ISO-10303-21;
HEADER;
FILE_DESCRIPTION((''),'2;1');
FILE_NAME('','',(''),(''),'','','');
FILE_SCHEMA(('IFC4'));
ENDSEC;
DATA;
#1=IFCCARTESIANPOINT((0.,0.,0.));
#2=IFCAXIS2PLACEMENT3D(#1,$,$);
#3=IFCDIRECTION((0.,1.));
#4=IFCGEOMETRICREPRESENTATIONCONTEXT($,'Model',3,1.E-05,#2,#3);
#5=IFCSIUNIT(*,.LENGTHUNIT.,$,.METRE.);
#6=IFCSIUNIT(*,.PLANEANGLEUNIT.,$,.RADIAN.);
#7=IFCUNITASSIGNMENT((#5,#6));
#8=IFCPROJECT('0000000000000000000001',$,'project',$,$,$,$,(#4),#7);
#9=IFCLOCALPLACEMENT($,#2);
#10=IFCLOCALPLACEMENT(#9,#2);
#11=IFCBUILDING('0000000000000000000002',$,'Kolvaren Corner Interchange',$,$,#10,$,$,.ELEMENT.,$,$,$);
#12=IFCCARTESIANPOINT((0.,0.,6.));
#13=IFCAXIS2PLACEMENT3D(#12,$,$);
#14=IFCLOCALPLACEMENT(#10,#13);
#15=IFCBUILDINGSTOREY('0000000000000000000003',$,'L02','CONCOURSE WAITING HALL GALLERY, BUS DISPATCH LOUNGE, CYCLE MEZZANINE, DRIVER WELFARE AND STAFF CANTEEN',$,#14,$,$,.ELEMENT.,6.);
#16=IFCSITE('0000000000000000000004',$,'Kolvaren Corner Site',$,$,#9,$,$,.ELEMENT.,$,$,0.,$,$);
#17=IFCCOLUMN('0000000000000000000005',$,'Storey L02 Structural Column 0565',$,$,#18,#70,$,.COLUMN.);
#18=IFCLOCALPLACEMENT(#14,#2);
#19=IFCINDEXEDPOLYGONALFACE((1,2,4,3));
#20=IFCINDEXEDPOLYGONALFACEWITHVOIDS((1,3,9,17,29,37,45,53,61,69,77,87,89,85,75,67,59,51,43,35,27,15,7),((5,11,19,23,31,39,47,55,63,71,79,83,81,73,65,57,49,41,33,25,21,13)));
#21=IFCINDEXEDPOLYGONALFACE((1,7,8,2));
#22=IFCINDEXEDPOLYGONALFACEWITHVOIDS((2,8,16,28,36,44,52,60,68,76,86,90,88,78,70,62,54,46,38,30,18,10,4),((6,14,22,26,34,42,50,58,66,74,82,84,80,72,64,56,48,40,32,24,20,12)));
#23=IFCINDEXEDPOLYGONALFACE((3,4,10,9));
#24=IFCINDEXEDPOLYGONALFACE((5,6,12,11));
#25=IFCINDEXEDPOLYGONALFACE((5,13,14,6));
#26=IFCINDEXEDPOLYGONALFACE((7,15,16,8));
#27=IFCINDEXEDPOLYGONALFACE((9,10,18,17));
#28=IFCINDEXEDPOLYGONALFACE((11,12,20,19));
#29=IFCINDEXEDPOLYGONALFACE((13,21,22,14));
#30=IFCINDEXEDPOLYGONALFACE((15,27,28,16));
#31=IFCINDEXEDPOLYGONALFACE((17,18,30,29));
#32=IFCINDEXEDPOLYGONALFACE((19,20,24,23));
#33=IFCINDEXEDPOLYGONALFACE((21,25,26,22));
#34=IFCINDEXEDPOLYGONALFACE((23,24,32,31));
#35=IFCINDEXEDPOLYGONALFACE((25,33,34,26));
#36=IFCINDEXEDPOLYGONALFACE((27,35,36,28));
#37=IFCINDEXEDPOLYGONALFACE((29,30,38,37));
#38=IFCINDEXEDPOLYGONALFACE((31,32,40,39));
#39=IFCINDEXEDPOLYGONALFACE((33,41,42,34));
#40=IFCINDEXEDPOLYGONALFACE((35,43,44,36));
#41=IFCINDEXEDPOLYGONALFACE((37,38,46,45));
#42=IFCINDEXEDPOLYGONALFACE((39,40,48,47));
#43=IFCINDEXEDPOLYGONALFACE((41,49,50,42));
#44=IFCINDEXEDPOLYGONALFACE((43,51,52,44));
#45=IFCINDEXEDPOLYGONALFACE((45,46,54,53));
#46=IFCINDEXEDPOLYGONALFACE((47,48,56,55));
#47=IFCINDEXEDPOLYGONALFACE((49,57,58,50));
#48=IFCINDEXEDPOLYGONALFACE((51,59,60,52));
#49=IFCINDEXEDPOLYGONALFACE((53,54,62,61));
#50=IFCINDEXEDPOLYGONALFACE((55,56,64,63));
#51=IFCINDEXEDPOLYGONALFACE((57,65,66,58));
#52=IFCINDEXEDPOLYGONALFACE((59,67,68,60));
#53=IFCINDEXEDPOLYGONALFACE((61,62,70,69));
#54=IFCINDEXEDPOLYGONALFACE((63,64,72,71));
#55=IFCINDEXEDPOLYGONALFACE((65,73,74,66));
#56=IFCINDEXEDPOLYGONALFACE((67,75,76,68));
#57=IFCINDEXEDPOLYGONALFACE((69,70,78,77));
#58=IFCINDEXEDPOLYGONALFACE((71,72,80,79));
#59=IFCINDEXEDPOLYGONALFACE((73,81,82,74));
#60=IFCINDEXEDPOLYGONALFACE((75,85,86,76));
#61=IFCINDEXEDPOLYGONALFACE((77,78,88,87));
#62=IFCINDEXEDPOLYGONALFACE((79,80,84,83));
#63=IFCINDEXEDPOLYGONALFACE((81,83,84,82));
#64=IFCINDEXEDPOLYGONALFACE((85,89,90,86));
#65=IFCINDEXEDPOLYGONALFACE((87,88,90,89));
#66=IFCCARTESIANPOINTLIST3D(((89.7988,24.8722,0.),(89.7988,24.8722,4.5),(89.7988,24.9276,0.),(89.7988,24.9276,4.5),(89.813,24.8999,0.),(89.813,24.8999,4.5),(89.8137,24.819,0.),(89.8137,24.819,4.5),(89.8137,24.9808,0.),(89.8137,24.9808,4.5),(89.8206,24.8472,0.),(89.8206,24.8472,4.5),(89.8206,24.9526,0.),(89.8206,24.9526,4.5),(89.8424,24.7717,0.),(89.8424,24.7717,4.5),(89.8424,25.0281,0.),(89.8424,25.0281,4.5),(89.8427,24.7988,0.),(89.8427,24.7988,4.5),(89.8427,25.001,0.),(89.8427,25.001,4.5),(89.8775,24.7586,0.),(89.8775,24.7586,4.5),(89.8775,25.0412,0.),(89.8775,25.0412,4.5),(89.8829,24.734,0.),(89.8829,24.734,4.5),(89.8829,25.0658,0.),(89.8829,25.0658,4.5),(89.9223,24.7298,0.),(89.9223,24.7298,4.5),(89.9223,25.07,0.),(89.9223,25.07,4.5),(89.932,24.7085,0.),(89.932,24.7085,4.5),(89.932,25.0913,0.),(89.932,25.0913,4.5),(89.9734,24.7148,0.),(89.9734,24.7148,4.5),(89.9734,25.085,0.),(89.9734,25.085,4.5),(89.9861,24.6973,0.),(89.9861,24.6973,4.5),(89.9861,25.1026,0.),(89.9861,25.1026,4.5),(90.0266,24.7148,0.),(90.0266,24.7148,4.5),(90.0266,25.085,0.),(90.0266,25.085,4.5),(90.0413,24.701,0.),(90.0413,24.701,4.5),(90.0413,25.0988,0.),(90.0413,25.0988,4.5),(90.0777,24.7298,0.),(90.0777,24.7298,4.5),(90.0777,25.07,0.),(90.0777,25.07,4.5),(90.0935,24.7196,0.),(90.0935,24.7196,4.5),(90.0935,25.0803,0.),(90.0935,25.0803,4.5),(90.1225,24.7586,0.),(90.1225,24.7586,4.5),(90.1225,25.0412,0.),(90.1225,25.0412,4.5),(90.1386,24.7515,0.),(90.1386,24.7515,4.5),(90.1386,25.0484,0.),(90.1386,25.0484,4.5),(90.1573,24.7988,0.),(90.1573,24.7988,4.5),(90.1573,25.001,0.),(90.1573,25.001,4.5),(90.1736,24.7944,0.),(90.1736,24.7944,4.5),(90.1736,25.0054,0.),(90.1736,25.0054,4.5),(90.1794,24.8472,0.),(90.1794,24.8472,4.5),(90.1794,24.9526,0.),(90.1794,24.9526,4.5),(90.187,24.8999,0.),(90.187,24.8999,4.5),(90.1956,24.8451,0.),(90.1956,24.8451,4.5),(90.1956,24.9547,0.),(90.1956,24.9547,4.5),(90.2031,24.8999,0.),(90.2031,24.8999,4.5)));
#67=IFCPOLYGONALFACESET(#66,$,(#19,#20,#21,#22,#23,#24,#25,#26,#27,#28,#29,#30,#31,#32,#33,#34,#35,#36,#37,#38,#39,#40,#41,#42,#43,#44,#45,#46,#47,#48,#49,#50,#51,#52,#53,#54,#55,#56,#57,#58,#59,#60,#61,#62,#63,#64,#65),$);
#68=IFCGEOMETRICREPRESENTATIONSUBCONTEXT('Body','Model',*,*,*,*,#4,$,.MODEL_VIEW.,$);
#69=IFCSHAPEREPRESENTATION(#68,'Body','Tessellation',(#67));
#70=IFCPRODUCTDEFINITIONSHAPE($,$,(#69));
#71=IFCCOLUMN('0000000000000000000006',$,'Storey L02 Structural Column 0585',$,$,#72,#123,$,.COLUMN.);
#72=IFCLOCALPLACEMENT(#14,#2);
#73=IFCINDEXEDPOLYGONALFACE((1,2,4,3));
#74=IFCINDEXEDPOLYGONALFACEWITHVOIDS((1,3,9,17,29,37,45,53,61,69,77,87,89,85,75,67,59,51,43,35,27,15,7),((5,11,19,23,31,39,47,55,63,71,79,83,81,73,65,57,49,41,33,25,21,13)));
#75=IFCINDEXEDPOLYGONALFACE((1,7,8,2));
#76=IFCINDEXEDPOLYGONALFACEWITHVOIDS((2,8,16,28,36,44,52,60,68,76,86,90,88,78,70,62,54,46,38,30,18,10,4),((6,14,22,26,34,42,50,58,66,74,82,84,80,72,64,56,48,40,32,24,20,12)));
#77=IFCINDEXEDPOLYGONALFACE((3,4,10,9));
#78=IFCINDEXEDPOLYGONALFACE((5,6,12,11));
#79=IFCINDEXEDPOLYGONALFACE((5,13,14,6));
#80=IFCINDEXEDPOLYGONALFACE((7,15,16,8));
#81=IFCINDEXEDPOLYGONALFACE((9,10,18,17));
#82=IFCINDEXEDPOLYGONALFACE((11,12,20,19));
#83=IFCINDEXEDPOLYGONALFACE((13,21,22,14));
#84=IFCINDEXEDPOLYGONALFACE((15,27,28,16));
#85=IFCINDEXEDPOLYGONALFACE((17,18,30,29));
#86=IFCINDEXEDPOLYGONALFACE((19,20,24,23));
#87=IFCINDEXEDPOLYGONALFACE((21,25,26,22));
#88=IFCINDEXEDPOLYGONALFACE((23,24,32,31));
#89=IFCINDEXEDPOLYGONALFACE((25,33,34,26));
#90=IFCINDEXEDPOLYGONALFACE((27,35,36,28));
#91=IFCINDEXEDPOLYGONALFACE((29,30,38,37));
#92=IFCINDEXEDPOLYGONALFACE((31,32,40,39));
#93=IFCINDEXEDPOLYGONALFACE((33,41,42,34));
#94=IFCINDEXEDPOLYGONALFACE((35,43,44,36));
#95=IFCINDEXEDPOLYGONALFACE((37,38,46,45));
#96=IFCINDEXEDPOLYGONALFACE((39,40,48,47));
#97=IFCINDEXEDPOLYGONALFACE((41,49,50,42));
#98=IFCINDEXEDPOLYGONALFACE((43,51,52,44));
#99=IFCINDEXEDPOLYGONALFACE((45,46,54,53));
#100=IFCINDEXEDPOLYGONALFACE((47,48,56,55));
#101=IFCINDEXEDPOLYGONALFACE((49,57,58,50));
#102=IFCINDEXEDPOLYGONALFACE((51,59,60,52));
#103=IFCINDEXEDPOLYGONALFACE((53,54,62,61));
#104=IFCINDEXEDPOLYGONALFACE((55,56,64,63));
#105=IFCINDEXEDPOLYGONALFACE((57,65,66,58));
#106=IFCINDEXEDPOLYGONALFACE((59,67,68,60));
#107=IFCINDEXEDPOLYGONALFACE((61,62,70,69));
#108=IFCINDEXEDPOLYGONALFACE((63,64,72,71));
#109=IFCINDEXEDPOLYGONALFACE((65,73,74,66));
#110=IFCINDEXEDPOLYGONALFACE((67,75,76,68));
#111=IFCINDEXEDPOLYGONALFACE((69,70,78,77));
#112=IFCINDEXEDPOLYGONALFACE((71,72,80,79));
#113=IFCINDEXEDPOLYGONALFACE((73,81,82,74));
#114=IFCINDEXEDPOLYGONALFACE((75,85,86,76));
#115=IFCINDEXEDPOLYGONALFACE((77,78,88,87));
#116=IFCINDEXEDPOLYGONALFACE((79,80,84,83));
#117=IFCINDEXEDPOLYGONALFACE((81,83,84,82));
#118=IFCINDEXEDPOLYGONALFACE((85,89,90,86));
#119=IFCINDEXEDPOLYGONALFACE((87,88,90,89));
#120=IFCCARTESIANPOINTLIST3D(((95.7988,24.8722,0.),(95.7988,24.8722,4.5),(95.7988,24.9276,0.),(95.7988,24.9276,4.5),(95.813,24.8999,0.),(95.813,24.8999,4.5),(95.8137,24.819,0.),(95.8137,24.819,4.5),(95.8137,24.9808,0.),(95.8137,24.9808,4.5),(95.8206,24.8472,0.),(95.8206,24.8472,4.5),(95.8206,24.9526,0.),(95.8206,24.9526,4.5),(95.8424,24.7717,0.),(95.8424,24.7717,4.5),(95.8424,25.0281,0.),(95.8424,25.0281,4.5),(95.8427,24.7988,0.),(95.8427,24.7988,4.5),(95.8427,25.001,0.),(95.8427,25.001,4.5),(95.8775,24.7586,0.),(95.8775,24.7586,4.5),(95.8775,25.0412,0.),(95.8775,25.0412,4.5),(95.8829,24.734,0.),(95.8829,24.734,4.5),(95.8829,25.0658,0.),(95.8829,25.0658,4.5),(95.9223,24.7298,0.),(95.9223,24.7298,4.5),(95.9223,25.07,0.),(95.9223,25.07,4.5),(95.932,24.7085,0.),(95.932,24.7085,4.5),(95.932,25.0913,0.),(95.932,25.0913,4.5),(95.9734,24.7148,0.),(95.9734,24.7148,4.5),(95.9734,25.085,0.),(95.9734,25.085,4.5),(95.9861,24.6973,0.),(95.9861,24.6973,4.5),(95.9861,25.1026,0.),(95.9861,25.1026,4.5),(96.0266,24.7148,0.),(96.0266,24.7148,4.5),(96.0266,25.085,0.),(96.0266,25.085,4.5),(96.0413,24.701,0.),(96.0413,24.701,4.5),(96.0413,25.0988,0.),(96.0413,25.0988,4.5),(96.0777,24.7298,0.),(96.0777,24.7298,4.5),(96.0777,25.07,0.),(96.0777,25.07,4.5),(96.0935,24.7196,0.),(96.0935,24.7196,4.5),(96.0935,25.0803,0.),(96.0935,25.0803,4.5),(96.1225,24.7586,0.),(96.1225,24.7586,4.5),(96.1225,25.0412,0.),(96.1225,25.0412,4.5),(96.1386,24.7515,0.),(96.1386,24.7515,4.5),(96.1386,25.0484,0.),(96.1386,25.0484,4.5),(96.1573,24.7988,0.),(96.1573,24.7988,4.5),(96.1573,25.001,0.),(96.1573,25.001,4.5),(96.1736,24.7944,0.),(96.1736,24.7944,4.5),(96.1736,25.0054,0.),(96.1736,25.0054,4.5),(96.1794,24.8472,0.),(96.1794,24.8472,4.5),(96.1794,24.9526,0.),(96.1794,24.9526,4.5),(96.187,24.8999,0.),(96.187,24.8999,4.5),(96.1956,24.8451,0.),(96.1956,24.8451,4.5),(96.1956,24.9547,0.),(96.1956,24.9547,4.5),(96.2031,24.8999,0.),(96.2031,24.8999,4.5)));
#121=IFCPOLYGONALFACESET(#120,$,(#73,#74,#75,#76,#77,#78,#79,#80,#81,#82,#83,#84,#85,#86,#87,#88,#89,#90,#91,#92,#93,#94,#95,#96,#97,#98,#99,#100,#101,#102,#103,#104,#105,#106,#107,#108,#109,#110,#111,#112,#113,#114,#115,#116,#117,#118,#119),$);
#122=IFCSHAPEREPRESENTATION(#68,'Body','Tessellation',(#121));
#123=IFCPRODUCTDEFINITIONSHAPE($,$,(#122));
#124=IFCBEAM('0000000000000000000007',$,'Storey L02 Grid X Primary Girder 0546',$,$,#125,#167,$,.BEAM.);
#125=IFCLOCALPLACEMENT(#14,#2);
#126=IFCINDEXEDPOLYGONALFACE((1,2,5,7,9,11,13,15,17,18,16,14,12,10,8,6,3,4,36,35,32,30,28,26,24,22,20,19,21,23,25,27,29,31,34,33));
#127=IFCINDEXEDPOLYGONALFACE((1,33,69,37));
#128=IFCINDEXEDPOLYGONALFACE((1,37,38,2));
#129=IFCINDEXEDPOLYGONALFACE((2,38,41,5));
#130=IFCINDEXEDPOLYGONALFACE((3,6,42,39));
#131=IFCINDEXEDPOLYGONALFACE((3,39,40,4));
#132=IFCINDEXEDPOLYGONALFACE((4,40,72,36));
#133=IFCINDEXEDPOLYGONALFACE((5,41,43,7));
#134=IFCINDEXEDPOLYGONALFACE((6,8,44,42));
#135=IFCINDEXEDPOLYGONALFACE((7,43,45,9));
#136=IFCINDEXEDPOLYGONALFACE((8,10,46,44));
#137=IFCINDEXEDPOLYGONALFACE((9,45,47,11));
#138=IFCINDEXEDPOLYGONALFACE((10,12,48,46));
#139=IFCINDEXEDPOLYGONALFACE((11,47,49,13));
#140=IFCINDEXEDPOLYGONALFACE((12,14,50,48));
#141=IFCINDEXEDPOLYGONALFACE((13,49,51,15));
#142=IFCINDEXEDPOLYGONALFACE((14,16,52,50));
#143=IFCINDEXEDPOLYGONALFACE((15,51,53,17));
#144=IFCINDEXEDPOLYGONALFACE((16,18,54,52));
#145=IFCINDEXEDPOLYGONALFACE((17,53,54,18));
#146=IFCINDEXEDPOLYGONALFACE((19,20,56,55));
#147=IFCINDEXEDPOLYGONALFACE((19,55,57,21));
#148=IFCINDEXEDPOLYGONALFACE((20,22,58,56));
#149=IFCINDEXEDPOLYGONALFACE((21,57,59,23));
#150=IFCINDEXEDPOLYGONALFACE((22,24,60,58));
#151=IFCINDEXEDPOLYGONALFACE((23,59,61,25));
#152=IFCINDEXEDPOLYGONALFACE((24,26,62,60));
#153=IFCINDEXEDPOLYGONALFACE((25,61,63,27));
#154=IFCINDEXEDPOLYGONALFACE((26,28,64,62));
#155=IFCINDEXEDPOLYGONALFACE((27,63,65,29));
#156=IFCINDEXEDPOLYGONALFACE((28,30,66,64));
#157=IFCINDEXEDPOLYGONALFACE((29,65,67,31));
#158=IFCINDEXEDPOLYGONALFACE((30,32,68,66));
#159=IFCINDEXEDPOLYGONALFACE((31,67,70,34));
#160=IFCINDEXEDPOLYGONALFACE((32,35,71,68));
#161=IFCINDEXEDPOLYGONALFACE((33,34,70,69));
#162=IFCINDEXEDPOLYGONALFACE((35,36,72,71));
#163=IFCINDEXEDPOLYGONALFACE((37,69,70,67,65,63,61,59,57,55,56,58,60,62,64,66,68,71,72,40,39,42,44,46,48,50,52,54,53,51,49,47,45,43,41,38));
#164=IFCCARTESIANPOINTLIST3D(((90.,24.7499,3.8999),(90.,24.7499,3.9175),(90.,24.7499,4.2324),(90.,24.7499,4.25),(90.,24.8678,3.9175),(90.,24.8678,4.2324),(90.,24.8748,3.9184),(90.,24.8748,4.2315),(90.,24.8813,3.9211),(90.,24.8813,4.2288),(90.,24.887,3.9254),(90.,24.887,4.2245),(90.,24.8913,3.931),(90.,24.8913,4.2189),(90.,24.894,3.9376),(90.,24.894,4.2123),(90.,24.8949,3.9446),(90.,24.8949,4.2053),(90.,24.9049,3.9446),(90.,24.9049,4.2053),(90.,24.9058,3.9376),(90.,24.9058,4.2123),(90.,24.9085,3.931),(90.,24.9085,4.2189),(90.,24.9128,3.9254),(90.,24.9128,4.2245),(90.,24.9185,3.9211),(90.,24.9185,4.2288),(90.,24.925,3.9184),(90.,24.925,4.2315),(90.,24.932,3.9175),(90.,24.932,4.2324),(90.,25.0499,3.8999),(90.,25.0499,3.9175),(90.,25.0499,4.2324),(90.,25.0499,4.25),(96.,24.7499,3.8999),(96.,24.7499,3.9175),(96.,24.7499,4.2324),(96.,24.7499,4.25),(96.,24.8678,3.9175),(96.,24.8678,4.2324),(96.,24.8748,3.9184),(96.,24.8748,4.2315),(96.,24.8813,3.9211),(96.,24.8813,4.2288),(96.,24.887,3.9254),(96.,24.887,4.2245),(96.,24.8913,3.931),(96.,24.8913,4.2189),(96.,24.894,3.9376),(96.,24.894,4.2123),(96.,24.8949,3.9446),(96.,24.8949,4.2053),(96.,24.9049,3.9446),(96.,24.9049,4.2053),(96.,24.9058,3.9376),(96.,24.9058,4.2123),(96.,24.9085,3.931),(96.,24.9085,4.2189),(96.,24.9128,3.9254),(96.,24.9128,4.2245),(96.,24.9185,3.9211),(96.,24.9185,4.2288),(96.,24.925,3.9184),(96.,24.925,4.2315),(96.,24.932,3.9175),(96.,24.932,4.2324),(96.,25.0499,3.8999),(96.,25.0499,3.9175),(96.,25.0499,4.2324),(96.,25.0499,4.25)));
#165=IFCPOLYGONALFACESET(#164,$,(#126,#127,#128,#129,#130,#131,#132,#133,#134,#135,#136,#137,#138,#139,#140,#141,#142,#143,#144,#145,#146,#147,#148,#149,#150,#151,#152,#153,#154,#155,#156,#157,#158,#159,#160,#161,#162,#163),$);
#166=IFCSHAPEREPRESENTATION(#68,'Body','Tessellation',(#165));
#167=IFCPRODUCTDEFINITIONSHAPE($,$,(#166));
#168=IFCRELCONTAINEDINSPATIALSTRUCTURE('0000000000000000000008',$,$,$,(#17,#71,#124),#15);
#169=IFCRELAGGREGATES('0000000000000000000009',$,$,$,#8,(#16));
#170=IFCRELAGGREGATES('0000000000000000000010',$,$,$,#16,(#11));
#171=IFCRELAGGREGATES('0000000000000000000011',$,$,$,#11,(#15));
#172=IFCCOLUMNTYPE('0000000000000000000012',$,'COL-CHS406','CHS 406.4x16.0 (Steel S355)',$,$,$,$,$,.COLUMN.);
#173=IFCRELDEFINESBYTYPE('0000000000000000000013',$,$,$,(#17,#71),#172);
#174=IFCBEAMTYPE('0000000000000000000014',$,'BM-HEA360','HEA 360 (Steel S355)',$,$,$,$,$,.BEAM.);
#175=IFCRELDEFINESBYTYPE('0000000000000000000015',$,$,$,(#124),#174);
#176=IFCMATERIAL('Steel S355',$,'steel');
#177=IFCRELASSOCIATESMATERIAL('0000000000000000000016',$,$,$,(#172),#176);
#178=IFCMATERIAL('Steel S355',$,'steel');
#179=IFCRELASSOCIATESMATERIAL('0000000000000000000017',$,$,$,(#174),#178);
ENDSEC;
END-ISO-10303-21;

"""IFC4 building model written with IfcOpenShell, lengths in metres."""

from ifc_helpers import new_model, si_unit, direction, frame, origin, origin_2d, place, context, subcontext, project, spatial, hollow_circle, i_section, extrude, material, material_profile, profile_set, type_object, element, save


model = new_model("IFC4")

# Units and contexts
model_context = context("Model", 3, precision=1e-05, world=origin(), true_north=direction((0.0, 1.0)))
body_context = subcontext(model_context, "Body", "Model", "MODEL_VIEW")
ifc_project = project(units=[si_unit("LENGTHUNIT", "METRE"), si_unit("PLANEANGLEUNIT", "RADIAN")], contexts=[model_context])

# Site, building, storey
site_placement = place(None, origin())
site = spatial("IfcSite", under=ifc_project, at=site_placement, Name="Kolvaren Corner Site", CompositionType="ELEMENT", RefElevation=0.0)
building_placement = place(site_placement, origin())
building = spatial("IfcBuilding", under=site, at=building_placement, Name="Kolvaren Corner Interchange", CompositionType="ELEMENT")
storey_placement = place(building_placement, frame((0.0, 0.0, 6.0)))
storey = spatial("IfcBuildingStorey", under=building, at=storey_placement, Name="L02", Description="CONCOURSE WAITING HALL GALLERY, BUS DISPATCH LOUNGE, CYCLE MEZZANINE, DRIVER WELFARE AND STAFF CANTEEN", CompositionType="ELEMENT", Elevation=6.0)

# Columns
ifc_material_1 = material(Name="Steel S355", Category="steel")
ifc_material_profile_1 = material_profile(ifc_material_1, hollow_circle(Radius=0.2031, WallThickness=0.0161, at=origin_2d()), Name="CHS 406.4x16.0")
ifc_profile_set_1 = profile_set([ifc_material_profile_1], Name="Steel S355")
column_type = type_object("IfcColumnType", Name="COL-CHS406", Description="CHS 406.4x16.0 (Steel S355)", PredefinedType="COLUMN", material=ifc_profile_set_1)
for number, where, z_axis, x_axis, name in (
    (1, (90.0, 24.8999, 0.0), (0.0, 0.0, 1.0), (1.0, 0.0, 0.0), "Storey L02 Structural Column 0565"),
    (2, (96.0, 24.8999, 0.0), (0.0, 0.0, 1.0), (1.0, 0.0, 0.0), "Storey L02 Structural Column 0585"),
):
    element("IfcColumn", number, at=place(storey_placement, frame(where, z_axis=z_axis, x_axis=x_axis)), inside=storey, type_object=column_type, Name=name, PredefinedType="COLUMN", context=body_context, shape_type="SweptSolid", body=[
        extrude(hollow_circle(Radius=0.2031, WallThickness=0.0161, at=origin_2d()), origin(), (0.0, 0.0, 1.0), 4.5),
    ])

# Beam
ifc_material_2 = material(Name="Steel S355", Category="steel")
ifc_material_profile_2 = material_profile(ifc_material_2, i_section(OverallWidth=0.3, OverallDepth=0.3501, WebThickness=0.01, FlangeThickness=0.0176, FilletRadius=0.0271, at=origin_2d()), Name="HEA 360")
ifc_profile_set_2 = profile_set([ifc_material_profile_2], Name="Steel S355")
beam_type = type_object("IfcBeamType", Name="BM-HEA360", Description="HEA 360 (Steel S355)", PredefinedType="BEAM", material=ifc_profile_set_2)
for number, where, z_axis, x_axis, name in (
    (3, (90.0, 24.8999, 4.075), (1.0, 0.0, 0.0), (0.0, 1.0, 0.0), "Storey L02 Grid X Primary Girder 0546"),
):
    element("IfcBeam", number, at=place(storey_placement, frame(where, z_axis=z_axis, x_axis=x_axis)), inside=storey, type_object=beam_type, Name=name, PredefinedType="BEAM", context=body_context, shape_type="SweptSolid", body=[
        extrude(i_section(OverallWidth=0.3, OverallDepth=0.3501, WebThickness=0.01, FlangeThickness=0.0176, FilletRadius=0.0271, at=origin_2d()), origin(), (0.0, 0.0, 1.0), 6.0),
    ])

save(model, "model.ifc")
